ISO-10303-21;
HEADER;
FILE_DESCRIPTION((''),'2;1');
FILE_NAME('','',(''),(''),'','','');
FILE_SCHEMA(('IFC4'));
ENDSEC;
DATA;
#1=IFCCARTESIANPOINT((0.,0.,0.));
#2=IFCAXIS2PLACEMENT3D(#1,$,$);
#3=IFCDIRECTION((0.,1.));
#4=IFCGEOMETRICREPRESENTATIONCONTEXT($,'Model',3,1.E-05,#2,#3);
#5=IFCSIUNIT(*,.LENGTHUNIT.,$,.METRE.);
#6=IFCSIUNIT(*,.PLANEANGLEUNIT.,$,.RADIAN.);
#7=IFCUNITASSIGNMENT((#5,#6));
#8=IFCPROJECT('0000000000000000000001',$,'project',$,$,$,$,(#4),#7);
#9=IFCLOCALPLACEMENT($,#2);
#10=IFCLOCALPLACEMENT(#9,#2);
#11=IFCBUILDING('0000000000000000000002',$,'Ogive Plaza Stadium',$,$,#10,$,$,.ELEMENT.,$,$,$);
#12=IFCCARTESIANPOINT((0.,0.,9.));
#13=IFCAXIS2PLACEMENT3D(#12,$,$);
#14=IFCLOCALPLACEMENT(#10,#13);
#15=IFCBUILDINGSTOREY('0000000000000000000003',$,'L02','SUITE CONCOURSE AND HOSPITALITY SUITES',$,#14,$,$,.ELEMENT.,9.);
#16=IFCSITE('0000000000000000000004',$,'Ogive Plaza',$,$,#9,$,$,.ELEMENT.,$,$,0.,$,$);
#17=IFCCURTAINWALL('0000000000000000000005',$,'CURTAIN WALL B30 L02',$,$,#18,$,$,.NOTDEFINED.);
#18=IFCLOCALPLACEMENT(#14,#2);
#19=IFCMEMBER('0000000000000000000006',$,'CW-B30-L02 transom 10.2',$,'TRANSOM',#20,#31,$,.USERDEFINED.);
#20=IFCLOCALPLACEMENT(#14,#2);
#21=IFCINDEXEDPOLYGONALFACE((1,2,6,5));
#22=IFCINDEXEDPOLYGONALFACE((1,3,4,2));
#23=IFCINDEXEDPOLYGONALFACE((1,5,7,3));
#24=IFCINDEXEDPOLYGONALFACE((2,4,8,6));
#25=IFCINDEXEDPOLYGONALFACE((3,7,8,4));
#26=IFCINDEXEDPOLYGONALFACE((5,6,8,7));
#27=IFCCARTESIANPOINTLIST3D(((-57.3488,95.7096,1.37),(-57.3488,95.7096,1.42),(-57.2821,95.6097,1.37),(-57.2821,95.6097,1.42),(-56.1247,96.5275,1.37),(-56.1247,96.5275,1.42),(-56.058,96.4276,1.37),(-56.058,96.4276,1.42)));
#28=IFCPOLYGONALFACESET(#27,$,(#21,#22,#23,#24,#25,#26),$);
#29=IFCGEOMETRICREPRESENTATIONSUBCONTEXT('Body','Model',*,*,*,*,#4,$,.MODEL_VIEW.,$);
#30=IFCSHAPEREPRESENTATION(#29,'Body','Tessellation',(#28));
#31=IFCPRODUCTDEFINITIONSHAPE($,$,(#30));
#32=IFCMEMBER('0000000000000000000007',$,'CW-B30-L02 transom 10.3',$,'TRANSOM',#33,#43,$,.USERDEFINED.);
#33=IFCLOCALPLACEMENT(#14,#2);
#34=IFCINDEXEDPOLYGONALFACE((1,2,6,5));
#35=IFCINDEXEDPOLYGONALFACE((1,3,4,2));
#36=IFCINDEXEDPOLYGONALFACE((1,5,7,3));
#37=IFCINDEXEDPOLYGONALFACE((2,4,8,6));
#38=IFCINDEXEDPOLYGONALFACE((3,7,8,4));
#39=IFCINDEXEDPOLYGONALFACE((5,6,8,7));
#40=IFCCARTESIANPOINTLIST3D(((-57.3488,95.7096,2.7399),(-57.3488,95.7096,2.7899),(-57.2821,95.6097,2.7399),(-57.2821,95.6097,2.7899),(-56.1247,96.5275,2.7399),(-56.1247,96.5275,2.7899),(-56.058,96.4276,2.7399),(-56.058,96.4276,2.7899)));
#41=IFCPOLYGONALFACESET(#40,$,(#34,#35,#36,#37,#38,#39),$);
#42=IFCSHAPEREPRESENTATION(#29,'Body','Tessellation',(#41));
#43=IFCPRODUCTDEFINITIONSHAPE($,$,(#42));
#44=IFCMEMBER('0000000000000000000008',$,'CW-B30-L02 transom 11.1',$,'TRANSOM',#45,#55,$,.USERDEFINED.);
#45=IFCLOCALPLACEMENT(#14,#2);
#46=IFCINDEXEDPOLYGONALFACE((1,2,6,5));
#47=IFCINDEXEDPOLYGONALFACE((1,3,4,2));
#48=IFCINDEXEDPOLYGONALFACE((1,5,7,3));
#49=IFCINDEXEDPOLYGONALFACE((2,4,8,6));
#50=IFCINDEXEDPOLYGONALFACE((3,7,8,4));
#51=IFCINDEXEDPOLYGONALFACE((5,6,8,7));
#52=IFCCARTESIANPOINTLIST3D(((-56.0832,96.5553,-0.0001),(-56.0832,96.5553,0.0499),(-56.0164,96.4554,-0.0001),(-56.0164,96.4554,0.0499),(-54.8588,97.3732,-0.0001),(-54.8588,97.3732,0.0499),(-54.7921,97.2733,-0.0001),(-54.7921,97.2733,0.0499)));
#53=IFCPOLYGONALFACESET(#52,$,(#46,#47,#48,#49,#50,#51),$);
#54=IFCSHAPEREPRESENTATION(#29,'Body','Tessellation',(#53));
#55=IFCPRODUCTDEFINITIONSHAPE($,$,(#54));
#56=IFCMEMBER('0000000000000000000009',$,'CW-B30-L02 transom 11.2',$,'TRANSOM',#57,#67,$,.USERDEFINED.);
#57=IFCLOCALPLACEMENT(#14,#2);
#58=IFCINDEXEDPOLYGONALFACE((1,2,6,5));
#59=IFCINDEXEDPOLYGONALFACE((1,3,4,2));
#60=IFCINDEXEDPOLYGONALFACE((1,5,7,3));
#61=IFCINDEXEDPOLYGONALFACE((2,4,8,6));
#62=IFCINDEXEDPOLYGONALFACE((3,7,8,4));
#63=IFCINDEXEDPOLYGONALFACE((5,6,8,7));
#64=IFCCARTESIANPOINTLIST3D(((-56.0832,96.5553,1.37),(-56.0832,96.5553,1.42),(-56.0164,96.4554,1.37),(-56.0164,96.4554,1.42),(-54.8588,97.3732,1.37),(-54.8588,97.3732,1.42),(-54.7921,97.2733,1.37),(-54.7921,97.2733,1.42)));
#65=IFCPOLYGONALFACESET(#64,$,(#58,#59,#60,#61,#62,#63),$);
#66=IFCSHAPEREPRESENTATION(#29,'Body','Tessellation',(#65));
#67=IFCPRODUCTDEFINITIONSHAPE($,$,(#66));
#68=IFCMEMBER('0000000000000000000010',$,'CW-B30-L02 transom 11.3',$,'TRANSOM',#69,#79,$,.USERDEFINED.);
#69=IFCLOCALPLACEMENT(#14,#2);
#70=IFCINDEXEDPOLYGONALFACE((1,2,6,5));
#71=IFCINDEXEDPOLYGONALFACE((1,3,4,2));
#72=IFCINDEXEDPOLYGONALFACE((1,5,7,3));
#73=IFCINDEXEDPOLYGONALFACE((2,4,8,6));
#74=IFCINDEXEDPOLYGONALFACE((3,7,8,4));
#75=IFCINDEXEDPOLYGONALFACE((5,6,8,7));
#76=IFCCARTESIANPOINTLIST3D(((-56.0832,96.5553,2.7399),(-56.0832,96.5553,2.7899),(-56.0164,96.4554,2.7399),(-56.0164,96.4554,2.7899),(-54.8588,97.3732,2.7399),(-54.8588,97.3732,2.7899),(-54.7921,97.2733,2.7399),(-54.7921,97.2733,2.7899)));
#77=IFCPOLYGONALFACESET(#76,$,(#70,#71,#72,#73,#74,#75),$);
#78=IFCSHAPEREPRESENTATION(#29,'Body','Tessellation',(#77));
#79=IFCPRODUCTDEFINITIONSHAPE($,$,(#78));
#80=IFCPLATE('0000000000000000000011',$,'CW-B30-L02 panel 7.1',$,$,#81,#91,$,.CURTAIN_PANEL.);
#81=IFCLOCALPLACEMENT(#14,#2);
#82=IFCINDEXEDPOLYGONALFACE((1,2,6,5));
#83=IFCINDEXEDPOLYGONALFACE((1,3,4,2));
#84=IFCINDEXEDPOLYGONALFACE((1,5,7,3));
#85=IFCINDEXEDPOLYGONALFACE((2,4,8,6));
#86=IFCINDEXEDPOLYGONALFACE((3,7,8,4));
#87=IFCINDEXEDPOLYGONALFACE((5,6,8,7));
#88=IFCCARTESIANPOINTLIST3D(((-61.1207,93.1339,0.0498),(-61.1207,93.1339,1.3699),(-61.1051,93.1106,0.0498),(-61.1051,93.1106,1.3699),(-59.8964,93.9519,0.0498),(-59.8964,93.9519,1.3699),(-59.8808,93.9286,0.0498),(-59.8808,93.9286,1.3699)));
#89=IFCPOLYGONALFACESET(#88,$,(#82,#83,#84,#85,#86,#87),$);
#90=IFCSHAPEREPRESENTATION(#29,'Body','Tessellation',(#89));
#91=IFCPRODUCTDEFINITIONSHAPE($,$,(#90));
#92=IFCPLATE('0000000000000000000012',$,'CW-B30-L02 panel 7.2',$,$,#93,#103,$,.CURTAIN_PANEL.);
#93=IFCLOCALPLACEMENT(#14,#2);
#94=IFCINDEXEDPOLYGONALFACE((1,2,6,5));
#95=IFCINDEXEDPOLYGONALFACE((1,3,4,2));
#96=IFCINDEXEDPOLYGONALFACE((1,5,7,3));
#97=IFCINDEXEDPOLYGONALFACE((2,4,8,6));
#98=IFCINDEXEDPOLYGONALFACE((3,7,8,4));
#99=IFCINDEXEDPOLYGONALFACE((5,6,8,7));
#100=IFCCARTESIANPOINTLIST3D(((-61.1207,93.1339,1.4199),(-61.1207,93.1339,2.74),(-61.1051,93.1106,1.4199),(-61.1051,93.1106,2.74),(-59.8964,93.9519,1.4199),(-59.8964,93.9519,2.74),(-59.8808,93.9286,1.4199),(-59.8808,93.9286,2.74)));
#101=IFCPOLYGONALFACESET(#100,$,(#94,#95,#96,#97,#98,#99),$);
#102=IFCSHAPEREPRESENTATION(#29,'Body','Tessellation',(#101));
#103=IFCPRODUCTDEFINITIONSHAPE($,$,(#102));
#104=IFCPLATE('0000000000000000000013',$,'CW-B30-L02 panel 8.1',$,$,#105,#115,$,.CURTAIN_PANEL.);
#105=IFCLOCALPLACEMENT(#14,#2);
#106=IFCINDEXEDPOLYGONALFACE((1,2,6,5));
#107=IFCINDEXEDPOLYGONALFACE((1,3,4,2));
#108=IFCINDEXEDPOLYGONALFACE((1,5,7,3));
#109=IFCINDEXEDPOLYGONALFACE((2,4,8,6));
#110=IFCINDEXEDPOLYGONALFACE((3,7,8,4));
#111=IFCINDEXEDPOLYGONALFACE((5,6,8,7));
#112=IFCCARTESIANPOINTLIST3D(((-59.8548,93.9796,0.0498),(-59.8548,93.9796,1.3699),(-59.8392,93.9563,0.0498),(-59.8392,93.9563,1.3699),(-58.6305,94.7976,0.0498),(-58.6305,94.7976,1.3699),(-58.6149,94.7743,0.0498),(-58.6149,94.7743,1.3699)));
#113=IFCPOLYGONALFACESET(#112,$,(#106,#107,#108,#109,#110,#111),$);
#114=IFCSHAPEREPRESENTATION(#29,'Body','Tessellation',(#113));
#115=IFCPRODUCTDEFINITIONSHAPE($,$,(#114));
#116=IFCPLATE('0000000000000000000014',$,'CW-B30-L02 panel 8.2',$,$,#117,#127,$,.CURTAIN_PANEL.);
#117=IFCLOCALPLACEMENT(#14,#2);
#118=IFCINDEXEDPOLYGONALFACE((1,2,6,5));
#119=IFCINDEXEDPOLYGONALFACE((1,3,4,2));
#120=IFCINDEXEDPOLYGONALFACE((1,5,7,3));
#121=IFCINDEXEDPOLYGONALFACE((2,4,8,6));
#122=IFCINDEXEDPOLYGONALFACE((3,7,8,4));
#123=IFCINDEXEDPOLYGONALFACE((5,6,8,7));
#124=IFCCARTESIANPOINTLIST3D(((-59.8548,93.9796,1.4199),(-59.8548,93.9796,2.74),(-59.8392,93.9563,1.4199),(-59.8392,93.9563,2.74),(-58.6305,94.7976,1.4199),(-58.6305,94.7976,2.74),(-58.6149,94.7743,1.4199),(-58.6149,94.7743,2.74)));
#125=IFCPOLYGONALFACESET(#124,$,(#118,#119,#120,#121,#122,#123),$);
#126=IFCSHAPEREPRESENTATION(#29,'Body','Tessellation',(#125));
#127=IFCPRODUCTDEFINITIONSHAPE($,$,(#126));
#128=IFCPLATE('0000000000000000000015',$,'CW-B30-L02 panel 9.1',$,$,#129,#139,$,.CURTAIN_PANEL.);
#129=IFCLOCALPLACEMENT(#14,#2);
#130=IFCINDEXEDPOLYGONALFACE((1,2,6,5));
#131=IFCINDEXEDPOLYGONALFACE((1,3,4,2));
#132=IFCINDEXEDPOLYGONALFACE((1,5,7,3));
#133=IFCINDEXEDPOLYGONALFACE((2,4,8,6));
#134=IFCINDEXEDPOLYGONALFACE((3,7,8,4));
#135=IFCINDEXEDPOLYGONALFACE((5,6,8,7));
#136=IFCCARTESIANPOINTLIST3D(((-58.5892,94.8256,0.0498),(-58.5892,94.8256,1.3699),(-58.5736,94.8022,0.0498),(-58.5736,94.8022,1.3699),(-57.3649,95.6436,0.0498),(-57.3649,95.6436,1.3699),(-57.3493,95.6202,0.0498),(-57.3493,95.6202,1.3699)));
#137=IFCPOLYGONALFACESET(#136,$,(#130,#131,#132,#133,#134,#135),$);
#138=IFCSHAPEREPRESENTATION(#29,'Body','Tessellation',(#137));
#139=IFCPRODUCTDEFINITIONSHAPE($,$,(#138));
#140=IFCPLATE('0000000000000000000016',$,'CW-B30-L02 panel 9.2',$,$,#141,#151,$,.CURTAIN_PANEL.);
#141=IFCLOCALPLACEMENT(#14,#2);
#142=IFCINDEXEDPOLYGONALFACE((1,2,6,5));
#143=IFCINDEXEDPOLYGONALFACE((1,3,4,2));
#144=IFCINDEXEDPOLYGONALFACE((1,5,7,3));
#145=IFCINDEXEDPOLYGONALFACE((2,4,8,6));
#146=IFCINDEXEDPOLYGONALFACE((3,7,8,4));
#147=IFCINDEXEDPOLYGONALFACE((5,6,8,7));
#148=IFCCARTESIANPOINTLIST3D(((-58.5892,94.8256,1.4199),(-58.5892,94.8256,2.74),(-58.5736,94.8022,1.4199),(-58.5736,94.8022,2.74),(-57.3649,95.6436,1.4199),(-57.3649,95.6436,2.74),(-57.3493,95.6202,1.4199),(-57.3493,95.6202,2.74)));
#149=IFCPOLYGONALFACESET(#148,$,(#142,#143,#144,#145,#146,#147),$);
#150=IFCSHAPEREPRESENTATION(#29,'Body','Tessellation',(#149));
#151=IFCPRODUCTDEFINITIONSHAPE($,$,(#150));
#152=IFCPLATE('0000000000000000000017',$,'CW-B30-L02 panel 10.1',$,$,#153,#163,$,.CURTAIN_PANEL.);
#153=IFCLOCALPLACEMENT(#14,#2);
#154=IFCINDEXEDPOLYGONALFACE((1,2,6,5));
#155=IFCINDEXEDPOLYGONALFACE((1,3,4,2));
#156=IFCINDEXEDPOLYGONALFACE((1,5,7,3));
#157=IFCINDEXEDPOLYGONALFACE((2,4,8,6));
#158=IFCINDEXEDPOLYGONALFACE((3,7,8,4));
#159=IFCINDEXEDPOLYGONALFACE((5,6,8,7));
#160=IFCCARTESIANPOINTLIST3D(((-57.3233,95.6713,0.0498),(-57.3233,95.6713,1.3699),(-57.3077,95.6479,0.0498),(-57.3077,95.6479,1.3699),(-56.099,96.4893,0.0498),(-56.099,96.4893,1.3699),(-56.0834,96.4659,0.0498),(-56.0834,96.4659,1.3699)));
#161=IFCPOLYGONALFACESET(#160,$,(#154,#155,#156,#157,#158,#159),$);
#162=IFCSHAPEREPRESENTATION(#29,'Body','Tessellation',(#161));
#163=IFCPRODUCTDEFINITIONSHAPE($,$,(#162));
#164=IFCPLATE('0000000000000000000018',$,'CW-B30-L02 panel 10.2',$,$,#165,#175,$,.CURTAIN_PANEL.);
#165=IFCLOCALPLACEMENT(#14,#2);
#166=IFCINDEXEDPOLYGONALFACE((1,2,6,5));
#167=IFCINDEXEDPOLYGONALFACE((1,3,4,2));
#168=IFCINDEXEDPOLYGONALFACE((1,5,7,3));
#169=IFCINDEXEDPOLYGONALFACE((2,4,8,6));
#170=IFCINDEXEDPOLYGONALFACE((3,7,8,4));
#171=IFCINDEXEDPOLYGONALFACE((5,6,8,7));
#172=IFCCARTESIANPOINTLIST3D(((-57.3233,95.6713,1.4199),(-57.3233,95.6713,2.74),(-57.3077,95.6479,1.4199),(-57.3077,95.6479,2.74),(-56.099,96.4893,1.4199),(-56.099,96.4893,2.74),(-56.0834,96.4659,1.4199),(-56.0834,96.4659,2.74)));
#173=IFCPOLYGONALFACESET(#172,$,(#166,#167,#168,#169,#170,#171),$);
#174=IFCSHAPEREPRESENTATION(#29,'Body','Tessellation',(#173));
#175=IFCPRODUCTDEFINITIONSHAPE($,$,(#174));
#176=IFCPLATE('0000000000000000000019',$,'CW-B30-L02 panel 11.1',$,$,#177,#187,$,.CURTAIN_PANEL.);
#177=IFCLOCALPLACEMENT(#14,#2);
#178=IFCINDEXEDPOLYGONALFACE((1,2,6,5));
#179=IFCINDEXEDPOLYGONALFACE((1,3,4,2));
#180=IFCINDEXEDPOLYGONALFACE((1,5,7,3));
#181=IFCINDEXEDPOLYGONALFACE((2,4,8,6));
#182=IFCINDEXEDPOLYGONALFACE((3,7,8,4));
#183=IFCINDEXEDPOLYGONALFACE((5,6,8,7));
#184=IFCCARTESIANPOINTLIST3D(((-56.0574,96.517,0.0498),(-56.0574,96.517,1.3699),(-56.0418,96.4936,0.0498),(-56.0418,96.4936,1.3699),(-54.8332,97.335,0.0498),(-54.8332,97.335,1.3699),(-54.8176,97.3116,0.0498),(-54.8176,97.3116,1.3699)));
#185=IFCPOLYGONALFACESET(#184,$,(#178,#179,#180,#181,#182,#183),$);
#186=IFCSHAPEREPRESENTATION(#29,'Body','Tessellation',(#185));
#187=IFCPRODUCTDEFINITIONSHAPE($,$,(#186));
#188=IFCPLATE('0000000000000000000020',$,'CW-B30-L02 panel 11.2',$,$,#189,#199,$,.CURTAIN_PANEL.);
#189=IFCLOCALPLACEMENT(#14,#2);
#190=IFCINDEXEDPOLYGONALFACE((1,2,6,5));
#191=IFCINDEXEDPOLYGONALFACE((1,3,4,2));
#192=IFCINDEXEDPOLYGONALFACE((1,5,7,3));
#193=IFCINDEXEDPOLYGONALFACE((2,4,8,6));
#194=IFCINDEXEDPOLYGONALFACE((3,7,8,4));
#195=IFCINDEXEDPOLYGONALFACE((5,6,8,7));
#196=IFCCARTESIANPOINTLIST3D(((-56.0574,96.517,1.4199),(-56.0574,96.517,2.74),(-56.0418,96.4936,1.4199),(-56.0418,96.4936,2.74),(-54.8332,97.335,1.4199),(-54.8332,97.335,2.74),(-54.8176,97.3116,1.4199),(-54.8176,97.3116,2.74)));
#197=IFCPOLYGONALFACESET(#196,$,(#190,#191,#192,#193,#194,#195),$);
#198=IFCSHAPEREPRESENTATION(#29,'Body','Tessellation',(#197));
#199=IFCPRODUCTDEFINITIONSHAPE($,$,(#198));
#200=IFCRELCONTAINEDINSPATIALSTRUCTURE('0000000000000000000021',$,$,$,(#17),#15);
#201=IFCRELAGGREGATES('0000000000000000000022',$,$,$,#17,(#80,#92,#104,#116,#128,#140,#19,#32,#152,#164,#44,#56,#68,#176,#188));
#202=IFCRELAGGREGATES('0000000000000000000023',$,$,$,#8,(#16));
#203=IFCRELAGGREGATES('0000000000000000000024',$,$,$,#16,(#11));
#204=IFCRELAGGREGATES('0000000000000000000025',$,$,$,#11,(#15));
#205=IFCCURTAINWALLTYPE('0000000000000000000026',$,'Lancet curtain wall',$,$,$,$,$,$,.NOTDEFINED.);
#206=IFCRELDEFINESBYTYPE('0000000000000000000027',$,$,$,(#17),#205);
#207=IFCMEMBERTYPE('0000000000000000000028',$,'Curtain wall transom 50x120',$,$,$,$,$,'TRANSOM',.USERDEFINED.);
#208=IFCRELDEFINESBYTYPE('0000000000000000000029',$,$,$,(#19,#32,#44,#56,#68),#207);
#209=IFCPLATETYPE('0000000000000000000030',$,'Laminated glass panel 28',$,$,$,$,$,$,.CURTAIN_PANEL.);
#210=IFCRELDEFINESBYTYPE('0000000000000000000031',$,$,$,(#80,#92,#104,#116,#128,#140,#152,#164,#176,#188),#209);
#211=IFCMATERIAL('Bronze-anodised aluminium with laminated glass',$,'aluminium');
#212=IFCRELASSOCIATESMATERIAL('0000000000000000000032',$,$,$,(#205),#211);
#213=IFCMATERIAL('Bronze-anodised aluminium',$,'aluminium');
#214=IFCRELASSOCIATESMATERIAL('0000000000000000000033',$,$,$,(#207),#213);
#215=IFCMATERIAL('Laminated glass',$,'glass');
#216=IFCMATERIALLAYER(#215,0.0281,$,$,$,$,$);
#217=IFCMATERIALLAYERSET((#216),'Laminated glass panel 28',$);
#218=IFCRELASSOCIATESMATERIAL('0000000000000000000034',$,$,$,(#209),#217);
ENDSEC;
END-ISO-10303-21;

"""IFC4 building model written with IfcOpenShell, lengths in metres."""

from ifc_helpers import new_model, si_unit, direction, frame, origin, origin_2d, place, context, subcontext, project, spatial, rectangle, extrude, material, layer, layer_set, material_profile, profile_set, type_object, element, aggregate, save


model = new_model("IFC4")

# Units and contexts
model_context = context("Model", 3, precision=1e-05, world=origin(), true_north=direction((0.0, 1.0)))
body_context = subcontext(model_context, "Body", "Model", "MODEL_VIEW")
ifc_project = project(units=[si_unit("LENGTHUNIT", "METRE"), si_unit("PLANEANGLEUNIT", "RADIAN")], contexts=[model_context])

# Site, building, storey
site_placement = place(None, origin())
site = spatial("IfcSite", under=ifc_project, at=site_placement, Name="Ogive Plaza", CompositionType="ELEMENT", RefElevation=0.0)
building_placement = place(site_placement, origin())
building = spatial("IfcBuilding", under=site, at=building_placement, Name="Ogive Plaza Stadium", CompositionType="ELEMENT")
storey_placement = place(building_placement, frame((0.0, 0.0, 9.0)))
storey = spatial("IfcBuildingStorey", under=building, at=storey_placement, Name="L02", Description="SUITE CONCOURSE AND HOSPITALITY SUITES", CompositionType="ELEMENT", Elevation=9.0)

# Curtain wall, members, plates
ifc_material_1 = material(Name="Bronze-anodised aluminium with laminated glass", Category="aluminium")
curtain_wall_type = type_object("IfcCurtainWallType", Name="Lancet curtain wall", PredefinedType="NOTDEFINED", material=ifc_material_1)
curtain_wall_placement = place(storey_placement, origin())
curtain_wall = element("IfcCurtainWall", 1, at=curtain_wall_placement, inside=storey, type_object=curtain_wall_type, Name="CURTAIN WALL B30 L02", PredefinedType="NOTDEFINED")
ifc_material_2 = material(Name="Bronze-anodised aluminium", Category="aluminium")
ifc_material_profile_1 = material_profile(ifc_material_2, rectangle(XDim=0.1201, YDim=0.05, at=origin_2d()), Name="AL 120x50")
ifc_profile_set_1 = profile_set([ifc_material_profile_1], Name="Bronze-anodised aluminium")
member_type_1 = type_object("IfcMemberType", Name="Curtain wall transom 50x120", ElementType="TRANSOM", PredefinedType="USERDEFINED", material=ifc_profile_set_1)
member_1_placement = place(storey_placement, frame((-57.3154, 95.6597, 1.395), z_axis=(0.831489, 0.555542, 0.0), x_axis=(-0.555542, 0.831489, 0.0)))
member_1 = element("IfcMember", 2, at=member_1_placement, type_object=member_type_1, Name="CW-B30-L02 transom 10.2", ObjectType="TRANSOM", PredefinedType="USERDEFINED", context=body_context, shape_type="SweptSolid", body=[
    extrude(rectangle(XDim=0.1201, YDim=0.05, at=origin_2d()), origin(), (0.0, 0.0, 1.0), 1.4722),
])
member_2_placement = place(storey_placement, frame((-57.3154, 95.6597, 2.7649), z_axis=(0.831489, 0.555542, 0.0), x_axis=(-0.555542, 0.831489, 0.0)))
member_2 = element("IfcMember", 3, at=member_2_placement, type_object=member_type_1, Name="CW-B30-L02 transom 10.3", ObjectType="TRANSOM", PredefinedType="USERDEFINED", context=body_context, shape_type="SweptSolid", body=[
    extrude(rectangle(XDim=0.1201, YDim=0.05, at=origin_2d()), origin(), (0.0, 0.0, 1.0), 1.4722),
])
member_3_placement = place(storey_placement, frame((-56.0498, 96.5054, 0.0249), z_axis=(0.83154, 0.555465, 0.0), x_axis=(-0.555465, 0.83154, 0.0)))
member_3 = element("IfcMember", 4, at=member_3_placement, type_object=member_type_1, Name="CW-B30-L02 transom 11.1", ObjectType="TRANSOM", PredefinedType="USERDEFINED", context=body_context, shape_type="SweptSolid", body=[
    extrude(rectangle(XDim=0.1201, YDim=0.05, at=origin_2d()), origin(), (0.0, 0.0, 1.0), 1.4724),
])
member_4_placement = place(storey_placement, frame((-56.0498, 96.5054, 1.395), z_axis=(0.83154, 0.555465, 0.0), x_axis=(-0.555465, 0.83154, 0.0)))
member_4 = element("IfcMember", 5, at=member_4_placement, type_object=member_type_1, Name="CW-B30-L02 transom 11.2", ObjectType="TRANSOM", PredefinedType="USERDEFINED", context=body_context, shape_type="SweptSolid", body=[
    extrude(rectangle(XDim=0.1201, YDim=0.05, at=origin_2d()), origin(), (0.0, 0.0, 1.0), 1.4724),
])
member_5_placement = place(storey_placement, frame((-56.0498, 96.5054, 2.7649), z_axis=(0.83154, 0.555465, 0.0), x_axis=(-0.555465, 0.83154, 0.0)))
member_5 = element("IfcMember", 6, at=member_5_placement, type_object=member_type_1, Name="CW-B30-L02 transom 11.3", ObjectType="TRANSOM", PredefinedType="USERDEFINED", context=body_context, shape_type="SweptSolid", body=[
    extrude(rectangle(XDim=0.1201, YDim=0.05, at=origin_2d()), origin(), (0.0, 0.0, 1.0), 1.4724),
])
ifc_material_3 = material(Name="Laminated glass", Category="glass")
ifc_layer_1 = layer(ifc_material_3, 0.0281)
ifc_layer_set_1 = layer_set([ifc_layer_1], Name="Laminated glass panel 28")
plate_type = type_object("IfcPlateType", Name="Laminated glass panel 28", PredefinedType="CURTAIN_PANEL", material=ifc_layer_set_1)
plate_1_placement = place(storey_placement, frame((-60.5007, 93.5312, 0.0498), z_axis=(0.0, 0.0, 1.0), x_axis=(0.83147, 0.55557, 0.0)))
plate_1 = element("IfcPlate", 7, at=plate_1_placement, type_object=plate_type, Name="CW-B30-L02 panel 7.1", PredefinedType="CURTAIN_PANEL", context=body_context, shape_type="SweptSolid", body=[
    extrude(rectangle(XDim=1.4724, YDim=0.0281, at=origin_2d()), origin(), (0.0, 0.0, 1.0), 1.3201),
])
plate_2_placement = place(storey_placement, frame((-60.5007, 93.5312, 1.4199), z_axis=(0.0, 0.0, 1.0), x_axis=(0.83147, 0.55557, 0.0)))
plate_2 = element("IfcPlate", 8, at=plate_2_placement, type_object=plate_type, Name="CW-B30-L02 panel 7.2", PredefinedType="CURTAIN_PANEL", context=body_context, shape_type="SweptSolid", body=[
    extrude(rectangle(XDim=1.4724, YDim=0.0281, at=origin_2d()), origin(), (0.0, 0.0, 1.0), 1.3201),
])
plate_3_placement = place(storey_placement, frame((-59.2349, 94.377, 0.0498), z_axis=(0.0, 0.0, 1.0), x_axis=(0.83147, 0.55557, 0.0)))
plate_3 = element("IfcPlate", 9, at=plate_3_placement, type_object=plate_type, Name="CW-B30-L02 panel 8.1", PredefinedType="CURTAIN_PANEL", context=body_context, shape_type="SweptSolid", body=[
    extrude(rectangle(XDim=1.4724, YDim=0.0281, at=origin_2d()), origin(), (0.0, 0.0, 1.0), 1.3201),
])
plate_4_placement = place(storey_placement, frame((-59.2349, 94.377, 1.4199), z_axis=(0.0, 0.0, 1.0), x_axis=(0.83147, 0.55557, 0.0)))
plate_4 = element("IfcPlate", 10, at=plate_4_placement, type_object=plate_type, Name="CW-B30-L02 panel 8.2", PredefinedType="CURTAIN_PANEL", context=body_context, shape_type="SweptSolid", body=[
    extrude(rectangle(XDim=1.4724, YDim=0.0281, at=origin_2d()), origin(), (0.0, 0.0, 1.0), 1.3201),
])
plate_5_placement = place(storey_placement, frame((-57.9692, 95.2229, 0.0498), z_axis=(0.0, 0.0, 1.0), x_axis=(0.83147, 0.55557, 0.0)))
plate_5 = element("IfcPlate", 11, at=plate_5_placement, type_object=plate_type, Name="CW-B30-L02 panel 9.1", PredefinedType="CURTAIN_PANEL", context=body_context, shape_type="SweptSolid", body=[
    extrude(rectangle(XDim=1.4724, YDim=0.0281, at=origin_2d()), origin(), (0.0, 0.0, 1.0), 1.3201),
])
plate_6_placement = place(storey_placement, frame((-57.9692, 95.2229, 1.4199), z_axis=(0.0, 0.0, 1.0), x_axis=(0.83147, 0.55557, 0.0)))
plate_6 = element("IfcPlate", 12, at=plate_6_placement, type_object=plate_type, Name="CW-B30-L02 panel 9.2", PredefinedType="CURTAIN_PANEL", context=body_context, shape_type="SweptSolid", body=[
    extrude(rectangle(XDim=1.4724, YDim=0.0281, at=origin_2d()), origin(), (0.0, 0.0, 1.0), 1.3201),
])
plate_7_placement = place(storey_placement, frame((-56.7034, 96.0686, 0.0498), z_axis=(0.0, 0.0, 1.0), x_axis=(0.83147, 0.55557, 0.0)))
plate_7 = element("IfcPlate", 13, at=plate_7_placement, type_object=plate_type, Name="CW-B30-L02 panel 10.1", PredefinedType="CURTAIN_PANEL", context=body_context, shape_type="SweptSolid", body=[
    extrude(rectangle(XDim=1.4724, YDim=0.0281, at=origin_2d()), origin(), (0.0, 0.0, 1.0), 1.3201),
])
plate_8_placement = place(storey_placement, frame((-56.7034, 96.0686, 1.4199), z_axis=(0.0, 0.0, 1.0), x_axis=(0.83147, 0.55557, 0.0)))
plate_8 = element("IfcPlate", 14, at=plate_8_placement, type_object=plate_type, Name="CW-B30-L02 panel 10.2", PredefinedType="CURTAIN_PANEL", context=body_context, shape_type="SweptSolid", body=[
    extrude(rectangle(XDim=1.4724, YDim=0.0281, at=origin_2d()), origin(), (0.0, 0.0, 1.0), 1.3201),
])
plate_9_placement = place(storey_placement, frame((-55.4375, 96.9143, 0.0498), z_axis=(0.0, 0.0, 1.0), x_axis=(0.83147, 0.55557, 0.0)))
plate_9 = element("IfcPlate", 15, at=plate_9_placement, type_object=plate_type, Name="CW-B30-L02 panel 11.1", PredefinedType="CURTAIN_PANEL", context=body_context, shape_type="SweptSolid", body=[
    extrude(rectangle(XDim=1.4724, YDim=0.0281, at=origin_2d()), origin(), (0.0, 0.0, 1.0), 1.3201),
])
plate_10_placement = place(storey_placement, frame((-55.4375, 96.9143, 1.4199), z_axis=(0.0, 0.0, 1.0), x_axis=(0.83147, 0.55557, 0.0)))
plate_10 = element("IfcPlate", 16, at=plate_10_placement, type_object=plate_type, Name="CW-B30-L02 panel 11.2", PredefinedType="CURTAIN_PANEL", context=body_context, shape_type="SweptSolid", body=[
    extrude(rectangle(XDim=1.4724, YDim=0.0281, at=origin_2d()), origin(), (0.0, 0.0, 1.0), 1.3201),
])
aggregate(curtain_wall, [plate_1, plate_2, plate_3, plate_4, plate_5, plate_6, member_1, member_2, plate_7, plate_8, member_3, member_4, member_5, plate_9, plate_10])

save(model, "model.ifc")
